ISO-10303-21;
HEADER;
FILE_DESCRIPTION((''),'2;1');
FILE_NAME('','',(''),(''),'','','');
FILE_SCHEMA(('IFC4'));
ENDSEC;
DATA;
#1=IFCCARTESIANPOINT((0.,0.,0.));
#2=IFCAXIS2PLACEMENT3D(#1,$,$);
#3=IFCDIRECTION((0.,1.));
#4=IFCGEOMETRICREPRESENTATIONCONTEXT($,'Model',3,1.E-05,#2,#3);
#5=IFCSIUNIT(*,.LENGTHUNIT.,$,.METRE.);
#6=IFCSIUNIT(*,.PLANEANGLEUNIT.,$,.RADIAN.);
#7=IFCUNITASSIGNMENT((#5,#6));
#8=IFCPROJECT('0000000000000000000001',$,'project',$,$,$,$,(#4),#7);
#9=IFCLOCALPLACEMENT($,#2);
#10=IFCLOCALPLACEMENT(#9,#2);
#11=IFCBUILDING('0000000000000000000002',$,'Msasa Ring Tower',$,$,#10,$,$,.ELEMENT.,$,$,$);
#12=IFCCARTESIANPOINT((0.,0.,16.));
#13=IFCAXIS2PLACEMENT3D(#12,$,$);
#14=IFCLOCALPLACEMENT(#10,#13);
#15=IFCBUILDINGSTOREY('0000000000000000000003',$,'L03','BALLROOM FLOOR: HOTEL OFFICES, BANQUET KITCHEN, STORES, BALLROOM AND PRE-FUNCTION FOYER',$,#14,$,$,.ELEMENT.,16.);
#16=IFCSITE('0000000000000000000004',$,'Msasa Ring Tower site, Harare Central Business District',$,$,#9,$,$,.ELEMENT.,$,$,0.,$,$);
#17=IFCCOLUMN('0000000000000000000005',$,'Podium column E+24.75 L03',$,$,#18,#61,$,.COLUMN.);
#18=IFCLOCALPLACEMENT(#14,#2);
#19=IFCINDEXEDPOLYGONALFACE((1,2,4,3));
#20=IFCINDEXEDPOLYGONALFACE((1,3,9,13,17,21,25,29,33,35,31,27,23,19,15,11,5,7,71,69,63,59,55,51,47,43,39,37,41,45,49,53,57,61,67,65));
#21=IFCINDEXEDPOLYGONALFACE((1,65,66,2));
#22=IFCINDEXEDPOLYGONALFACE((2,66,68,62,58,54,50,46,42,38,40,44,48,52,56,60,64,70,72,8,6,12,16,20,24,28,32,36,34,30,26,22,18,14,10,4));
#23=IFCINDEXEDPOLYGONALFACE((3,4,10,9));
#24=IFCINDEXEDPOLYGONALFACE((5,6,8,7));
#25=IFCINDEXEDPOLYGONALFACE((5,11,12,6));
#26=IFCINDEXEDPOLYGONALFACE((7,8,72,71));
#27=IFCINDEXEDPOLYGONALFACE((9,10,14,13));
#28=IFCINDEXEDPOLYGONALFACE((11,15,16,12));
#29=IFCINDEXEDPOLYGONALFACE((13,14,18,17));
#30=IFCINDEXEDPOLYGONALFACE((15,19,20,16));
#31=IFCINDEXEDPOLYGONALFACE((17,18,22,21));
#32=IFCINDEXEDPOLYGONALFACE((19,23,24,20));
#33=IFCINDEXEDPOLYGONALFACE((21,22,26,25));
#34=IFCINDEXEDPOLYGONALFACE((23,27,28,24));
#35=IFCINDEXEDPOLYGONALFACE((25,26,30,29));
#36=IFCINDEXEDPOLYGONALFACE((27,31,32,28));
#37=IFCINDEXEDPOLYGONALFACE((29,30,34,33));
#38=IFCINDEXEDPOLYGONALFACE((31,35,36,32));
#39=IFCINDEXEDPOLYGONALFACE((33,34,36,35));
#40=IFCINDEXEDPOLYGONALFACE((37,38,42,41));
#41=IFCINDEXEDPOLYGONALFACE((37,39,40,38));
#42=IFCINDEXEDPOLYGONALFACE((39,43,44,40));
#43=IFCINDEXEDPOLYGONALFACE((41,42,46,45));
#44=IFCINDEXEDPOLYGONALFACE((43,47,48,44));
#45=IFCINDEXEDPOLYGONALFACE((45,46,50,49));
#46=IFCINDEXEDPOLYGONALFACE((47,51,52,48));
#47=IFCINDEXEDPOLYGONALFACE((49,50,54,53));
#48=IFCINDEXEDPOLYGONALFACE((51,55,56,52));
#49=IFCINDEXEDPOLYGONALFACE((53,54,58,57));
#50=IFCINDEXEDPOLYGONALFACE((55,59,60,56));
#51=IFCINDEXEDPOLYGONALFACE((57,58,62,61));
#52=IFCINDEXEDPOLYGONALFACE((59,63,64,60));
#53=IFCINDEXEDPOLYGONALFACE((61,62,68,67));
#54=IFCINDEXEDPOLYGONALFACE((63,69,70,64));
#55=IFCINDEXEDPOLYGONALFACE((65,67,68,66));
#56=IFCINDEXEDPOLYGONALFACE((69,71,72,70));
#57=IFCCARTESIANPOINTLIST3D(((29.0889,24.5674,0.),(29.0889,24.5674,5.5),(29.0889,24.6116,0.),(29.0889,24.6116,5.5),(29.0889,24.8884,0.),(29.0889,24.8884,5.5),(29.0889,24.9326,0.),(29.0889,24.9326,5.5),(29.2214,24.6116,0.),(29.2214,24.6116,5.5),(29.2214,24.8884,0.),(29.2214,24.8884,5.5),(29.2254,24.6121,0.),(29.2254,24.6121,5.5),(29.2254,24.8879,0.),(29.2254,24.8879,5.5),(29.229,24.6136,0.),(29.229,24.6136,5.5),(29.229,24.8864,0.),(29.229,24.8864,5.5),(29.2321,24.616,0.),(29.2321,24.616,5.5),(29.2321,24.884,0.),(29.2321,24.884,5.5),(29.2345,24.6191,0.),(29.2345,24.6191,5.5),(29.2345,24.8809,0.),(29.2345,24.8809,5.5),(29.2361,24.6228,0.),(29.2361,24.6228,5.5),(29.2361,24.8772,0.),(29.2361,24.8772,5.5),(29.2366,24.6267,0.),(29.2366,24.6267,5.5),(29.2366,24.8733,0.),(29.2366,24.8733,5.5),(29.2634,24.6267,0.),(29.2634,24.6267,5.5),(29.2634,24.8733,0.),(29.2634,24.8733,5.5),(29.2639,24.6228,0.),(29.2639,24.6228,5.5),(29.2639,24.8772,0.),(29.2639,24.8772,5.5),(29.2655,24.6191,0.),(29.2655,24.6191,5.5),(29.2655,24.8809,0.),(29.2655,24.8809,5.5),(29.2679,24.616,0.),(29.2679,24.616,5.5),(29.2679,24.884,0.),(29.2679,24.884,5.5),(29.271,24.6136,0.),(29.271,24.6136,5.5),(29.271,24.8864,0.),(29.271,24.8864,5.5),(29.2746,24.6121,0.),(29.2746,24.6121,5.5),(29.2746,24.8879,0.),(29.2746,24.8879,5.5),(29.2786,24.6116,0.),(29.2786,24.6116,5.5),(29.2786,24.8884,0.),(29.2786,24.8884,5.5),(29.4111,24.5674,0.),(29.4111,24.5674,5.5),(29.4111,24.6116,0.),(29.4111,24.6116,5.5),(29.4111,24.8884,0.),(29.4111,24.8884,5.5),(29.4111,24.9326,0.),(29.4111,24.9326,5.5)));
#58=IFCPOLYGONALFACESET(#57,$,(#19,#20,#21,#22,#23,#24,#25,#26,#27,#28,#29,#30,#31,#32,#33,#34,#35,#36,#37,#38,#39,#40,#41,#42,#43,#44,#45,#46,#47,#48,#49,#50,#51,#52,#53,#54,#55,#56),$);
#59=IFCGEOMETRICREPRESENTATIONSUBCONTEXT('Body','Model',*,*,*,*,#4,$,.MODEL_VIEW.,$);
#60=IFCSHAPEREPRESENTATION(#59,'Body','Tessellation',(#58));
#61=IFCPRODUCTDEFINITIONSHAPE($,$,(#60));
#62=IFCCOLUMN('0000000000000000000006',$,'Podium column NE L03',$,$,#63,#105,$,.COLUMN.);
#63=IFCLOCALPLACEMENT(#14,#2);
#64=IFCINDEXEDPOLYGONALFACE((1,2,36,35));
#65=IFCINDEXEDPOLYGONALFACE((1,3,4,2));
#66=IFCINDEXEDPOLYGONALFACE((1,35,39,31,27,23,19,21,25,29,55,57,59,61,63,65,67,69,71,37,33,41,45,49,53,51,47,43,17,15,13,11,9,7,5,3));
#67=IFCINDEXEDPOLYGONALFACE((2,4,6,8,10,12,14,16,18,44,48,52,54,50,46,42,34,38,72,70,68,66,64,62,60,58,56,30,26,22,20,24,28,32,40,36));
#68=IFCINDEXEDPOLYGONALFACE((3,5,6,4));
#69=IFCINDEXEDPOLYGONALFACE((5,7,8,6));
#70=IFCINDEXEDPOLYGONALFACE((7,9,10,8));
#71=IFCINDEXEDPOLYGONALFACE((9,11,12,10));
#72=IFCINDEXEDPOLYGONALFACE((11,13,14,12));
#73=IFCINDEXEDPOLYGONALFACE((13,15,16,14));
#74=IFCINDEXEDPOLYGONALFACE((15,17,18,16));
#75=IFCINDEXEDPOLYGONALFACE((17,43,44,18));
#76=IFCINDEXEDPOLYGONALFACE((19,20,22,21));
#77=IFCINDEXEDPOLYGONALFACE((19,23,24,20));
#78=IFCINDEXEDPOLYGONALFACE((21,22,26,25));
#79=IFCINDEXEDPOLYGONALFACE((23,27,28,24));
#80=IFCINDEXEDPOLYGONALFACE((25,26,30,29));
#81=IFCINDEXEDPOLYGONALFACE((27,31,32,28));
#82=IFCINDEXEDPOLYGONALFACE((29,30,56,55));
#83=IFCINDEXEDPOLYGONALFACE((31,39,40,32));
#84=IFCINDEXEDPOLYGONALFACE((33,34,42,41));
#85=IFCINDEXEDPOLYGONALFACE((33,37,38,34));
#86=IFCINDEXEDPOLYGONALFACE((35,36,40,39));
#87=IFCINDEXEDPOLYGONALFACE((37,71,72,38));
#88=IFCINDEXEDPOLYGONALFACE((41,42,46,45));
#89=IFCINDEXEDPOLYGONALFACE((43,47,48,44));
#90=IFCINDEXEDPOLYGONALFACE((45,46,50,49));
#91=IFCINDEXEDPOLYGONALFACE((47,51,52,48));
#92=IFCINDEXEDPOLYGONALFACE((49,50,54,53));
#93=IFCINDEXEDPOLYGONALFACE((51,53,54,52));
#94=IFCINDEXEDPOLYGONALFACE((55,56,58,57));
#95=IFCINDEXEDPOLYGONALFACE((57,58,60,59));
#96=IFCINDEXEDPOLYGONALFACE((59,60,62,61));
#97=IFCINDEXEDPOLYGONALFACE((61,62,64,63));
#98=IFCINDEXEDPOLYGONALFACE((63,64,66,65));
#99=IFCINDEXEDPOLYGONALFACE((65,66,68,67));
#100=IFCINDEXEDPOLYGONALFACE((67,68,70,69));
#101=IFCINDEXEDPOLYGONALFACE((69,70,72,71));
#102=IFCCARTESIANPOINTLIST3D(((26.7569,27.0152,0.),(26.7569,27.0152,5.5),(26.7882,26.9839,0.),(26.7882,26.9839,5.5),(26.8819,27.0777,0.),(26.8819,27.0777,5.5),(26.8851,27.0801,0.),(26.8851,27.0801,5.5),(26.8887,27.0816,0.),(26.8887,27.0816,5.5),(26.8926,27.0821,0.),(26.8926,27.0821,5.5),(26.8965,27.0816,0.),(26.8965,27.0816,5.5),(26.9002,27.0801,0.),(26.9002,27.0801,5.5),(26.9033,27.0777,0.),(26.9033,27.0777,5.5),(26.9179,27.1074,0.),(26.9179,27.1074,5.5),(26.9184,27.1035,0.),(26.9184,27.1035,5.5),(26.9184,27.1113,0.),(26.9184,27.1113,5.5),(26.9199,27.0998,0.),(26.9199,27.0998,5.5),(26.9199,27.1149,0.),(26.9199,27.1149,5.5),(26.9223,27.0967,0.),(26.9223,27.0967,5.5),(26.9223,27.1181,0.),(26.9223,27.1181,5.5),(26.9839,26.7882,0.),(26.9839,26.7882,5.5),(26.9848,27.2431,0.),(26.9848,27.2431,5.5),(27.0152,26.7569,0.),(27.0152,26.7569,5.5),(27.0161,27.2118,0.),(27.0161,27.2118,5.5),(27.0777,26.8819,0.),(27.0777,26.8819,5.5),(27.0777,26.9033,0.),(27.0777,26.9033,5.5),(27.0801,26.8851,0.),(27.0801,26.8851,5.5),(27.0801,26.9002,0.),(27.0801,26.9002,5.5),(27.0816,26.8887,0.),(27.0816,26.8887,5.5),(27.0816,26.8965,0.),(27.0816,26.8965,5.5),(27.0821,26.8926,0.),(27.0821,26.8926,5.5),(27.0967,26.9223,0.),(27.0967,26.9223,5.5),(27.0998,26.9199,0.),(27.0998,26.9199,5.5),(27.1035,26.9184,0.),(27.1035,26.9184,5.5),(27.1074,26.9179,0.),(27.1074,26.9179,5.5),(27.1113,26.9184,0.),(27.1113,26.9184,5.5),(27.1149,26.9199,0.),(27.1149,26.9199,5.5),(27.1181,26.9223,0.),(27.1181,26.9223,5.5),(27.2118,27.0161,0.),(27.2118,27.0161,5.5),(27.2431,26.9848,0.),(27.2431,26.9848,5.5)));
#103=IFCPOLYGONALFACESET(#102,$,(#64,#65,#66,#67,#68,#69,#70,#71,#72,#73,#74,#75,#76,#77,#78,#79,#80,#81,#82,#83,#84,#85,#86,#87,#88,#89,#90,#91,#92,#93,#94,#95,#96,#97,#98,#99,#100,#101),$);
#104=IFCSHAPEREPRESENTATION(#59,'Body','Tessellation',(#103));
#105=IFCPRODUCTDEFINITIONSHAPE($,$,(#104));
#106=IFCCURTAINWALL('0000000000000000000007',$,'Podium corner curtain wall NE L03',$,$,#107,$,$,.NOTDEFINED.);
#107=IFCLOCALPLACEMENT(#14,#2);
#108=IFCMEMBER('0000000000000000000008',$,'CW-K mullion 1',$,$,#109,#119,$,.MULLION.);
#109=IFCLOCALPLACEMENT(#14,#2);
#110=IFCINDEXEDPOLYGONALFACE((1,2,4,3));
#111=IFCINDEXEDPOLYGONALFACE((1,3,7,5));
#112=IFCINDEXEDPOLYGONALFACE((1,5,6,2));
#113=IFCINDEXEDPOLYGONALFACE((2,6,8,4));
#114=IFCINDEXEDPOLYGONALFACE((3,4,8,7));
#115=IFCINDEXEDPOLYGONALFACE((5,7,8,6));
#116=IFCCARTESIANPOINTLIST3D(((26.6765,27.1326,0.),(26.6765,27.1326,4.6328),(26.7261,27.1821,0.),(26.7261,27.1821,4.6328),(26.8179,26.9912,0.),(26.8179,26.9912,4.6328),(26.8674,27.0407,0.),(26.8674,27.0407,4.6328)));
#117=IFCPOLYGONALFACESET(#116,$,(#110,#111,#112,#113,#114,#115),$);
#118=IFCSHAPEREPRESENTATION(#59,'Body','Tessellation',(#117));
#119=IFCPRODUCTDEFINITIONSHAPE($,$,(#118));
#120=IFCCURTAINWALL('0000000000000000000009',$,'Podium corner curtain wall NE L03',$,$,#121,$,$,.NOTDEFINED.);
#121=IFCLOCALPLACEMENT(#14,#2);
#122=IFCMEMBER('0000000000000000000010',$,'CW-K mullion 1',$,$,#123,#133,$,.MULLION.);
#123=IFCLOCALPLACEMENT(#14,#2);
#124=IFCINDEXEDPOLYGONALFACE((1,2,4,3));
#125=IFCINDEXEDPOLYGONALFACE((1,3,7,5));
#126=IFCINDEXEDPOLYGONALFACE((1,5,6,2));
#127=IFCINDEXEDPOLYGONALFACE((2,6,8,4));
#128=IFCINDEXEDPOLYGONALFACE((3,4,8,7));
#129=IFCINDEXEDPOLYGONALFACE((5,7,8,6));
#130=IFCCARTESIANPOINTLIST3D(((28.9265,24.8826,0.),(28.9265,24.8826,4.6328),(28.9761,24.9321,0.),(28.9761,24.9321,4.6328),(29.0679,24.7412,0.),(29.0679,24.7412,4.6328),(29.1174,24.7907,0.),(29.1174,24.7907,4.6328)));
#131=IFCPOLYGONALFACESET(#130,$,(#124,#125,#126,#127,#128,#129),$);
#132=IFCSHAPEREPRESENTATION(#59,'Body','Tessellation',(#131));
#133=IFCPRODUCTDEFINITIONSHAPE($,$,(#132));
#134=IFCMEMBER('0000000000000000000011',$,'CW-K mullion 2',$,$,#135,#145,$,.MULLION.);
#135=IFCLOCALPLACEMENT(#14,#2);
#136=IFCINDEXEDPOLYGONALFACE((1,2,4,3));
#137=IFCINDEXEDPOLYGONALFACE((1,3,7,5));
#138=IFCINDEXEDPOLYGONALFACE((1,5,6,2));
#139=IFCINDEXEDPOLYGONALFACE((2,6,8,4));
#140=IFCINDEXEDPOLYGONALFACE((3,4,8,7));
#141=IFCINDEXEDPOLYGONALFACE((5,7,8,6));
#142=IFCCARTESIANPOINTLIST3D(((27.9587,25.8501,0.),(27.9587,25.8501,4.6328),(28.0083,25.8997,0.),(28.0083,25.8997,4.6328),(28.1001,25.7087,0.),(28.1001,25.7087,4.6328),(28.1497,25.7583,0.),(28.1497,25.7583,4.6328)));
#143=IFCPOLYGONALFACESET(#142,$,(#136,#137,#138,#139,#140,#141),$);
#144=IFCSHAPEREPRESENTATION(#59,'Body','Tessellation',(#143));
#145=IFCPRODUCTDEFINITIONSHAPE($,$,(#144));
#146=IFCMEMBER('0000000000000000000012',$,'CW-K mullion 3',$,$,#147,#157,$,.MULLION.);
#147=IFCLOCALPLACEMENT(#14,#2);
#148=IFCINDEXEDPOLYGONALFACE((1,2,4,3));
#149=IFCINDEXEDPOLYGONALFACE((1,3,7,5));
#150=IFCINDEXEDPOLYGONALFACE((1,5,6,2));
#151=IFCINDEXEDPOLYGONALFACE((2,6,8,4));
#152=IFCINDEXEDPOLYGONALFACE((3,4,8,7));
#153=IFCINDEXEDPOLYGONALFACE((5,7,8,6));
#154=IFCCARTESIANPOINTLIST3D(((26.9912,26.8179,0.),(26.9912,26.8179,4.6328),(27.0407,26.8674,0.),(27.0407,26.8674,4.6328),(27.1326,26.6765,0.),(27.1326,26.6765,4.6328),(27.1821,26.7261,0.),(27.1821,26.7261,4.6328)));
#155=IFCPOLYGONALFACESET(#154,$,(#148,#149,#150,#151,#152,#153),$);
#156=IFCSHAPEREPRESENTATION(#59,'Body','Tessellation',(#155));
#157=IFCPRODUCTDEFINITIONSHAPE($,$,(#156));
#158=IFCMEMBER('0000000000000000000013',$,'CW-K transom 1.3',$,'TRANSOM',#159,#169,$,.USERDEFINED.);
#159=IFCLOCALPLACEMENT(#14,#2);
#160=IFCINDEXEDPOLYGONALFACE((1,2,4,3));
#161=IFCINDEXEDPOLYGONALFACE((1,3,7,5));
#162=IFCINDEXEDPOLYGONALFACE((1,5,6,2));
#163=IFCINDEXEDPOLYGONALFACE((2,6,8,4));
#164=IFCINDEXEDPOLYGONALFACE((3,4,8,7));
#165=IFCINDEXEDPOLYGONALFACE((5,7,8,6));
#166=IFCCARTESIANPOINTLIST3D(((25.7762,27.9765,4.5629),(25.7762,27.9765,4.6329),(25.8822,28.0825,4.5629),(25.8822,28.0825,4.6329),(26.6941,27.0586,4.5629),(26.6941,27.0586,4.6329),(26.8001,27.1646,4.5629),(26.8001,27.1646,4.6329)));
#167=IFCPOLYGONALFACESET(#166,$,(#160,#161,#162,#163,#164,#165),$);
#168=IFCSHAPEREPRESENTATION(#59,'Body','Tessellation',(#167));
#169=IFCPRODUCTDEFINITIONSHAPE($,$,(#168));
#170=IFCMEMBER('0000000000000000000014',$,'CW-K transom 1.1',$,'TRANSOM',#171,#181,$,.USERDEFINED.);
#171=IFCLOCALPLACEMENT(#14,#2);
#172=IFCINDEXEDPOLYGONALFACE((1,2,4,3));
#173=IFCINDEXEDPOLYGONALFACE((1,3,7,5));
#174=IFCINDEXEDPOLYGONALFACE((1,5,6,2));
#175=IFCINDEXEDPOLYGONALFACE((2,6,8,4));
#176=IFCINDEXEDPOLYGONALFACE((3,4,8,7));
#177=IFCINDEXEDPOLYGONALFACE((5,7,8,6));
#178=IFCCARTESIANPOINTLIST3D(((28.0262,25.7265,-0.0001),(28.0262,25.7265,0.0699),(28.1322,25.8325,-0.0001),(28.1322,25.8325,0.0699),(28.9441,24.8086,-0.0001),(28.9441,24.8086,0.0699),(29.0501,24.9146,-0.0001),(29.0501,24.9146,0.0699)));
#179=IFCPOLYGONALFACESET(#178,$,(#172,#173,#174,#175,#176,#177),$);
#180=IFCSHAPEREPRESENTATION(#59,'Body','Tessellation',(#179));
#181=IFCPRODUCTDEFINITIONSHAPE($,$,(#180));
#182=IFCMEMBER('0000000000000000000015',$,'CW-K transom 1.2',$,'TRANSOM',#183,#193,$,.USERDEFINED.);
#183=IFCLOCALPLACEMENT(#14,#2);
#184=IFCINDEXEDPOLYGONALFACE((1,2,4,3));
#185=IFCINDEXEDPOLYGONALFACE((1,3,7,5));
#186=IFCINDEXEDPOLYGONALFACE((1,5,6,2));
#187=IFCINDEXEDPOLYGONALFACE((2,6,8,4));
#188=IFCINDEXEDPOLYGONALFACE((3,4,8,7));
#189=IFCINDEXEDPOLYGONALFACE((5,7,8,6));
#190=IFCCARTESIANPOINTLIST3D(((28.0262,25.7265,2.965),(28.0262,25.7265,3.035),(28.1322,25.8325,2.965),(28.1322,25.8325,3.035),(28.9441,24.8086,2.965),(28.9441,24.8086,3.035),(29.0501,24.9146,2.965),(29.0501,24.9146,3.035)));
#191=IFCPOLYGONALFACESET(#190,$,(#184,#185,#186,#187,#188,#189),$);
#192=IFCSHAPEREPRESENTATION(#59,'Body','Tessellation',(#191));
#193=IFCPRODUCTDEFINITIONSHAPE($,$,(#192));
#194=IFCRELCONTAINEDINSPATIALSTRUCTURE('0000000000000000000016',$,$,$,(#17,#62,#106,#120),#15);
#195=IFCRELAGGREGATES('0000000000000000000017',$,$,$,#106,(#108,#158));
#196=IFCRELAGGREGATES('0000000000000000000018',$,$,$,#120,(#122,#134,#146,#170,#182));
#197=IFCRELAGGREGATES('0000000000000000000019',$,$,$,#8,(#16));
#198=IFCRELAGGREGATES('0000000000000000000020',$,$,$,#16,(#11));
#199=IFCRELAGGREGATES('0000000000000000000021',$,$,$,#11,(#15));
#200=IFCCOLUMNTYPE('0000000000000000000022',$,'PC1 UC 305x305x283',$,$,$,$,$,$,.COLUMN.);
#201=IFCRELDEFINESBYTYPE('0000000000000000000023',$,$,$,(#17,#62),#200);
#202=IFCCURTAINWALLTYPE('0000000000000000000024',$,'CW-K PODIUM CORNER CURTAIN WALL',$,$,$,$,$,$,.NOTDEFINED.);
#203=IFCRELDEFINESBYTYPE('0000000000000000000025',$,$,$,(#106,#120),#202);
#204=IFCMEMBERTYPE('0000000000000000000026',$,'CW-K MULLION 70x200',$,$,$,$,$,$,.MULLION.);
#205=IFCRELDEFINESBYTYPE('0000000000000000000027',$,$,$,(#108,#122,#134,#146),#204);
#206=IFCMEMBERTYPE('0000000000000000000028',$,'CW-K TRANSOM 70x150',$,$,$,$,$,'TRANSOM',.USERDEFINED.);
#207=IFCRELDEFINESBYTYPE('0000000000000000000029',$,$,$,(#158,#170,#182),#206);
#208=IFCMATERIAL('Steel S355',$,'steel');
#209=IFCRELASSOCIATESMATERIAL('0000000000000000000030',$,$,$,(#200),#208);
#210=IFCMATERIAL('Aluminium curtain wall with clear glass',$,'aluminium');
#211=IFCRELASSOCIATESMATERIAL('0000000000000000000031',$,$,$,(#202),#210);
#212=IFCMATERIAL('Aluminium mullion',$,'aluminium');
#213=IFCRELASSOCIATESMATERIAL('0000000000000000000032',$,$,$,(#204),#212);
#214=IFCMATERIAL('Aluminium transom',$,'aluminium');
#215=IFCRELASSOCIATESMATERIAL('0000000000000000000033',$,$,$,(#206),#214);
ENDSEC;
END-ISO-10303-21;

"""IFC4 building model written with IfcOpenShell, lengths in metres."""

from ifc_helpers import new_model, si_unit, direction, frame, origin, origin_2d, place, context, subcontext, project, spatial, rectangle, i_section, extrude, material, material_profile, profile_set, type_object, element, aggregate, save


model = new_model("IFC4")

# Units and contexts
model_context = context("Model", 3, precision=1e-05, world=origin(), true_north=direction((0.0, 1.0)))
body_context = subcontext(model_context, "Body", "Model", "MODEL_VIEW")
ifc_project = project(units=[si_unit("LENGTHUNIT", "METRE"), si_unit("PLANEANGLEUNIT", "RADIAN")], contexts=[model_context])

# Site, building, storey
site_placement = place(None, origin())
site = spatial("IfcSite", under=ifc_project, at=site_placement, Name="Msasa Ring Tower site, Harare Central Business District", CompositionType="ELEMENT", RefElevation=0.0)
building_placement = place(site_placement, origin())
building = spatial("IfcBuilding", under=site, at=building_placement, Name="Msasa Ring Tower", CompositionType="ELEMENT")
storey_placement = place(building_placement, frame((0.0, 0.0, 16.0)))
storey = spatial("IfcBuildingStorey", under=building, at=storey_placement, Name="L03", Description="BALLROOM FLOOR: HOTEL OFFICES, BANQUET KITCHEN, STORES, BALLROOM AND PRE-FUNCTION FOYER", CompositionType="ELEMENT", Elevation=16.0)

# Columns
ifc_material_1 = material(Name="Steel S355", Category="steel")
ifc_material_profile_1 = material_profile(ifc_material_1, i_section(OverallWidth=0.3223, OverallDepth=0.3652, WebThickness=0.0269, FlangeThickness=0.0442, FilletRadius=0.0151, at=origin_2d()), Name="UC 305x305x283")
ifc_profile_set_1 = profile_set([ifc_material_profile_1], Name="Steel S355")
column_type = type_object("IfcColumnType", Name="PC1 UC 305x305x283", PredefinedType="COLUMN", material=ifc_profile_set_1)
for number, where, z_axis, x_axis, name in (
    (1, (29.25, 24.75, 0.0), (0.0, 0.0, 1.0), (1.0, 0.0, 0.0), "Podium column E+24.75 L03"),
    (2, (27.0, 27.0, 0.0), (0.0, 0.0, 1.0), (0.707107, 0.707107, 0.0), "Podium column NE L03"),
):
    element("IfcColumn", number, at=place(storey_placement, frame(where, z_axis=z_axis, x_axis=x_axis)), inside=storey, type_object=column_type, Name=name, PredefinedType="COLUMN", context=body_context, shape_type="SweptSolid", body=[
        extrude(i_section(OverallWidth=0.3223, OverallDepth=0.3652, WebThickness=0.0269, FlangeThickness=0.0442, FilletRadius=0.0151, at=origin_2d()), origin(), (0.0, 0.0, 1.0), 5.5),
    ])

# Curtain wall, member
ifc_material_2 = material(Name="Aluminium curtain wall with clear glass", Category="aluminium")
curtain_wall_type = type_object("IfcCurtainWallType", Name="CW-K PODIUM CORNER CURTAIN WALL", PredefinedType="NOTDEFINED", material=ifc_material_2)
curtain_wall_1_placement = place(storey_placement, origin())
curtain_wall_1 = element("IfcCurtainWall", 3, at=curtain_wall_1_placement, inside=storey, type_object=curtain_wall_type, Name="Podium corner curtain wall NE L03", PredefinedType="NOTDEFINED")
ifc_material_3 = material(Name="Aluminium mullion", Category="aluminium")
ifc_material_profile_2 = material_profile(ifc_material_3, rectangle(XDim=0.0701, YDim=0.2, at=origin_2d()), Name="AL 70x200")
ifc_profile_set_2 = profile_set([ifc_material_profile_2], Name="Aluminium mullion")
member_type_1 = type_object("IfcMemberType", Name="CW-K MULLION 70x200", PredefinedType="MULLION", material=ifc_profile_set_2)
member_1_placement = place(storey_placement, frame((26.772, 27.0867, 0.0), z_axis=(0.0, 0.0, 1.0), x_axis=(-0.707107, -0.707107, 0.0)))
member_1 = element("IfcMember", 4, at=member_1_placement, type_object=member_type_1, Name="CW-K mullion 1", PredefinedType="MULLION", context=body_context, shape_type="SweptSolid", body=[
    extrude(rectangle(XDim=0.0701, YDim=0.2, at=origin_2d()), origin(), (0.0, 0.0, 1.0), 4.6328),
])

# Curtain wall, members
curtain_wall_2_placement = place(storey_placement, origin())
curtain_wall_2 = element("IfcCurtainWall", 5, at=curtain_wall_2_placement, inside=storey, type_object=curtain_wall_type, Name="Podium corner curtain wall NE L03", PredefinedType="NOTDEFINED")
member_2_placement = place(storey_placement, frame((29.022, 24.8367, 0.0), z_axis=(0.0, 0.0, 1.0), x_axis=(-0.707107, -0.707107, 0.0)))
member_2 = element("IfcMember", 6, at=member_2_placement, type_object=member_type_1, Name="CW-K mullion 1", PredefinedType="MULLION", context=body_context, shape_type="SweptSolid", body=[
    extrude(rectangle(XDim=0.0701, YDim=0.2, at=origin_2d()), origin(), (0.0, 0.0, 1.0), 4.6328),
])
member_3_placement = place(storey_placement, frame((28.0542, 25.8042, 0.0), z_axis=(0.0, 0.0, 1.0), x_axis=(-0.707107, -0.707107, 0.0)))
member_3 = element("IfcMember", 7, at=member_3_placement, type_object=member_type_1, Name="CW-K mullion 2", PredefinedType="MULLION", context=body_context, shape_type="SweptSolid", body=[
    extrude(rectangle(XDim=0.0701, YDim=0.2, at=origin_2d()), origin(), (0.0, 0.0, 1.0), 4.6328),
])
member_4_placement = place(storey_placement, frame((27.0867, 26.772, 0.0), z_axis=(0.0, 0.0, 1.0), x_axis=(-0.707107, -0.707107, 0.0)))
member_4 = element("IfcMember", 8, at=member_4_placement, type_object=member_type_1, Name="CW-K mullion 3", PredefinedType="MULLION", context=body_context, shape_type="SweptSolid", body=[
    extrude(rectangle(XDim=0.0701, YDim=0.2, at=origin_2d()), origin(), (0.0, 0.0, 1.0), 4.6328),
])

# Members
ifc_material_4 = material(Name="Aluminium transom", Category="aluminium")
ifc_material_profile_3 = material_profile(ifc_material_4, rectangle(XDim=0.1499, YDim=0.0701, at=origin_2d()), Name="AL 70x150")
ifc_profile_set_3 = profile_set([ifc_material_profile_3], Name="Aluminium transom")
member_type_2 = type_object("IfcMemberType", Name="CW-K TRANSOM 70x150", ElementType="TRANSOM", PredefinedType="USERDEFINED", material=ifc_profile_set_3)
member_5_placement = place(storey_placement, frame((26.7471, 27.1116, 4.5979), z_axis=(-0.707107, 0.707107, 0.0), x_axis=(-0.707107, -0.707107, 0.0)))
member_5 = element("IfcMember", 9, at=member_5_placement, type_object=member_type_2, Name="CW-K transom 1.3", ObjectType="TRANSOM", PredefinedType="USERDEFINED", context=body_context, shape_type="SweptSolid", body=[
    extrude(rectangle(XDim=0.1499, YDim=0.0701, at=origin_2d()), origin(), (0.0, 0.0, 1.0), 1.2981),
])
aggregate(curtain_wall_1, [member_1, member_5])
member_6_placement = place(storey_placement, frame((28.9971, 24.8616, 0.0349), z_axis=(-0.707107, 0.707107, 0.0), x_axis=(-0.707107, -0.707107, 0.0)))
member_6 = element("IfcMember", 10, at=member_6_placement, type_object=member_type_2, Name="CW-K transom 1.1", ObjectType="TRANSOM", PredefinedType="USERDEFINED", context=body_context, shape_type="SweptSolid", body=[
    extrude(rectangle(XDim=0.1499, YDim=0.0701, at=origin_2d()), origin(), (0.0, 0.0, 1.0), 1.2981),
])
member_7_placement = place(storey_placement, frame((28.9971, 24.8616, 3.0), z_axis=(-0.707107, 0.707107, 0.0), x_axis=(-0.707107, -0.707107, 0.0)))
member_7 = element("IfcMember", 11, at=member_7_placement, type_object=member_type_2, Name="CW-K transom 1.2", ObjectType="TRANSOM", PredefinedType="USERDEFINED", context=body_context, shape_type="SweptSolid", body=[
    extrude(rectangle(XDim=0.1499, YDim=0.0701, at=origin_2d()), origin(), (0.0, 0.0, 1.0), 1.2981),
])

aggregate(curtain_wall_2, [member_2, member_3, member_4, member_6, member_7])

save(model, "model.ifc")
